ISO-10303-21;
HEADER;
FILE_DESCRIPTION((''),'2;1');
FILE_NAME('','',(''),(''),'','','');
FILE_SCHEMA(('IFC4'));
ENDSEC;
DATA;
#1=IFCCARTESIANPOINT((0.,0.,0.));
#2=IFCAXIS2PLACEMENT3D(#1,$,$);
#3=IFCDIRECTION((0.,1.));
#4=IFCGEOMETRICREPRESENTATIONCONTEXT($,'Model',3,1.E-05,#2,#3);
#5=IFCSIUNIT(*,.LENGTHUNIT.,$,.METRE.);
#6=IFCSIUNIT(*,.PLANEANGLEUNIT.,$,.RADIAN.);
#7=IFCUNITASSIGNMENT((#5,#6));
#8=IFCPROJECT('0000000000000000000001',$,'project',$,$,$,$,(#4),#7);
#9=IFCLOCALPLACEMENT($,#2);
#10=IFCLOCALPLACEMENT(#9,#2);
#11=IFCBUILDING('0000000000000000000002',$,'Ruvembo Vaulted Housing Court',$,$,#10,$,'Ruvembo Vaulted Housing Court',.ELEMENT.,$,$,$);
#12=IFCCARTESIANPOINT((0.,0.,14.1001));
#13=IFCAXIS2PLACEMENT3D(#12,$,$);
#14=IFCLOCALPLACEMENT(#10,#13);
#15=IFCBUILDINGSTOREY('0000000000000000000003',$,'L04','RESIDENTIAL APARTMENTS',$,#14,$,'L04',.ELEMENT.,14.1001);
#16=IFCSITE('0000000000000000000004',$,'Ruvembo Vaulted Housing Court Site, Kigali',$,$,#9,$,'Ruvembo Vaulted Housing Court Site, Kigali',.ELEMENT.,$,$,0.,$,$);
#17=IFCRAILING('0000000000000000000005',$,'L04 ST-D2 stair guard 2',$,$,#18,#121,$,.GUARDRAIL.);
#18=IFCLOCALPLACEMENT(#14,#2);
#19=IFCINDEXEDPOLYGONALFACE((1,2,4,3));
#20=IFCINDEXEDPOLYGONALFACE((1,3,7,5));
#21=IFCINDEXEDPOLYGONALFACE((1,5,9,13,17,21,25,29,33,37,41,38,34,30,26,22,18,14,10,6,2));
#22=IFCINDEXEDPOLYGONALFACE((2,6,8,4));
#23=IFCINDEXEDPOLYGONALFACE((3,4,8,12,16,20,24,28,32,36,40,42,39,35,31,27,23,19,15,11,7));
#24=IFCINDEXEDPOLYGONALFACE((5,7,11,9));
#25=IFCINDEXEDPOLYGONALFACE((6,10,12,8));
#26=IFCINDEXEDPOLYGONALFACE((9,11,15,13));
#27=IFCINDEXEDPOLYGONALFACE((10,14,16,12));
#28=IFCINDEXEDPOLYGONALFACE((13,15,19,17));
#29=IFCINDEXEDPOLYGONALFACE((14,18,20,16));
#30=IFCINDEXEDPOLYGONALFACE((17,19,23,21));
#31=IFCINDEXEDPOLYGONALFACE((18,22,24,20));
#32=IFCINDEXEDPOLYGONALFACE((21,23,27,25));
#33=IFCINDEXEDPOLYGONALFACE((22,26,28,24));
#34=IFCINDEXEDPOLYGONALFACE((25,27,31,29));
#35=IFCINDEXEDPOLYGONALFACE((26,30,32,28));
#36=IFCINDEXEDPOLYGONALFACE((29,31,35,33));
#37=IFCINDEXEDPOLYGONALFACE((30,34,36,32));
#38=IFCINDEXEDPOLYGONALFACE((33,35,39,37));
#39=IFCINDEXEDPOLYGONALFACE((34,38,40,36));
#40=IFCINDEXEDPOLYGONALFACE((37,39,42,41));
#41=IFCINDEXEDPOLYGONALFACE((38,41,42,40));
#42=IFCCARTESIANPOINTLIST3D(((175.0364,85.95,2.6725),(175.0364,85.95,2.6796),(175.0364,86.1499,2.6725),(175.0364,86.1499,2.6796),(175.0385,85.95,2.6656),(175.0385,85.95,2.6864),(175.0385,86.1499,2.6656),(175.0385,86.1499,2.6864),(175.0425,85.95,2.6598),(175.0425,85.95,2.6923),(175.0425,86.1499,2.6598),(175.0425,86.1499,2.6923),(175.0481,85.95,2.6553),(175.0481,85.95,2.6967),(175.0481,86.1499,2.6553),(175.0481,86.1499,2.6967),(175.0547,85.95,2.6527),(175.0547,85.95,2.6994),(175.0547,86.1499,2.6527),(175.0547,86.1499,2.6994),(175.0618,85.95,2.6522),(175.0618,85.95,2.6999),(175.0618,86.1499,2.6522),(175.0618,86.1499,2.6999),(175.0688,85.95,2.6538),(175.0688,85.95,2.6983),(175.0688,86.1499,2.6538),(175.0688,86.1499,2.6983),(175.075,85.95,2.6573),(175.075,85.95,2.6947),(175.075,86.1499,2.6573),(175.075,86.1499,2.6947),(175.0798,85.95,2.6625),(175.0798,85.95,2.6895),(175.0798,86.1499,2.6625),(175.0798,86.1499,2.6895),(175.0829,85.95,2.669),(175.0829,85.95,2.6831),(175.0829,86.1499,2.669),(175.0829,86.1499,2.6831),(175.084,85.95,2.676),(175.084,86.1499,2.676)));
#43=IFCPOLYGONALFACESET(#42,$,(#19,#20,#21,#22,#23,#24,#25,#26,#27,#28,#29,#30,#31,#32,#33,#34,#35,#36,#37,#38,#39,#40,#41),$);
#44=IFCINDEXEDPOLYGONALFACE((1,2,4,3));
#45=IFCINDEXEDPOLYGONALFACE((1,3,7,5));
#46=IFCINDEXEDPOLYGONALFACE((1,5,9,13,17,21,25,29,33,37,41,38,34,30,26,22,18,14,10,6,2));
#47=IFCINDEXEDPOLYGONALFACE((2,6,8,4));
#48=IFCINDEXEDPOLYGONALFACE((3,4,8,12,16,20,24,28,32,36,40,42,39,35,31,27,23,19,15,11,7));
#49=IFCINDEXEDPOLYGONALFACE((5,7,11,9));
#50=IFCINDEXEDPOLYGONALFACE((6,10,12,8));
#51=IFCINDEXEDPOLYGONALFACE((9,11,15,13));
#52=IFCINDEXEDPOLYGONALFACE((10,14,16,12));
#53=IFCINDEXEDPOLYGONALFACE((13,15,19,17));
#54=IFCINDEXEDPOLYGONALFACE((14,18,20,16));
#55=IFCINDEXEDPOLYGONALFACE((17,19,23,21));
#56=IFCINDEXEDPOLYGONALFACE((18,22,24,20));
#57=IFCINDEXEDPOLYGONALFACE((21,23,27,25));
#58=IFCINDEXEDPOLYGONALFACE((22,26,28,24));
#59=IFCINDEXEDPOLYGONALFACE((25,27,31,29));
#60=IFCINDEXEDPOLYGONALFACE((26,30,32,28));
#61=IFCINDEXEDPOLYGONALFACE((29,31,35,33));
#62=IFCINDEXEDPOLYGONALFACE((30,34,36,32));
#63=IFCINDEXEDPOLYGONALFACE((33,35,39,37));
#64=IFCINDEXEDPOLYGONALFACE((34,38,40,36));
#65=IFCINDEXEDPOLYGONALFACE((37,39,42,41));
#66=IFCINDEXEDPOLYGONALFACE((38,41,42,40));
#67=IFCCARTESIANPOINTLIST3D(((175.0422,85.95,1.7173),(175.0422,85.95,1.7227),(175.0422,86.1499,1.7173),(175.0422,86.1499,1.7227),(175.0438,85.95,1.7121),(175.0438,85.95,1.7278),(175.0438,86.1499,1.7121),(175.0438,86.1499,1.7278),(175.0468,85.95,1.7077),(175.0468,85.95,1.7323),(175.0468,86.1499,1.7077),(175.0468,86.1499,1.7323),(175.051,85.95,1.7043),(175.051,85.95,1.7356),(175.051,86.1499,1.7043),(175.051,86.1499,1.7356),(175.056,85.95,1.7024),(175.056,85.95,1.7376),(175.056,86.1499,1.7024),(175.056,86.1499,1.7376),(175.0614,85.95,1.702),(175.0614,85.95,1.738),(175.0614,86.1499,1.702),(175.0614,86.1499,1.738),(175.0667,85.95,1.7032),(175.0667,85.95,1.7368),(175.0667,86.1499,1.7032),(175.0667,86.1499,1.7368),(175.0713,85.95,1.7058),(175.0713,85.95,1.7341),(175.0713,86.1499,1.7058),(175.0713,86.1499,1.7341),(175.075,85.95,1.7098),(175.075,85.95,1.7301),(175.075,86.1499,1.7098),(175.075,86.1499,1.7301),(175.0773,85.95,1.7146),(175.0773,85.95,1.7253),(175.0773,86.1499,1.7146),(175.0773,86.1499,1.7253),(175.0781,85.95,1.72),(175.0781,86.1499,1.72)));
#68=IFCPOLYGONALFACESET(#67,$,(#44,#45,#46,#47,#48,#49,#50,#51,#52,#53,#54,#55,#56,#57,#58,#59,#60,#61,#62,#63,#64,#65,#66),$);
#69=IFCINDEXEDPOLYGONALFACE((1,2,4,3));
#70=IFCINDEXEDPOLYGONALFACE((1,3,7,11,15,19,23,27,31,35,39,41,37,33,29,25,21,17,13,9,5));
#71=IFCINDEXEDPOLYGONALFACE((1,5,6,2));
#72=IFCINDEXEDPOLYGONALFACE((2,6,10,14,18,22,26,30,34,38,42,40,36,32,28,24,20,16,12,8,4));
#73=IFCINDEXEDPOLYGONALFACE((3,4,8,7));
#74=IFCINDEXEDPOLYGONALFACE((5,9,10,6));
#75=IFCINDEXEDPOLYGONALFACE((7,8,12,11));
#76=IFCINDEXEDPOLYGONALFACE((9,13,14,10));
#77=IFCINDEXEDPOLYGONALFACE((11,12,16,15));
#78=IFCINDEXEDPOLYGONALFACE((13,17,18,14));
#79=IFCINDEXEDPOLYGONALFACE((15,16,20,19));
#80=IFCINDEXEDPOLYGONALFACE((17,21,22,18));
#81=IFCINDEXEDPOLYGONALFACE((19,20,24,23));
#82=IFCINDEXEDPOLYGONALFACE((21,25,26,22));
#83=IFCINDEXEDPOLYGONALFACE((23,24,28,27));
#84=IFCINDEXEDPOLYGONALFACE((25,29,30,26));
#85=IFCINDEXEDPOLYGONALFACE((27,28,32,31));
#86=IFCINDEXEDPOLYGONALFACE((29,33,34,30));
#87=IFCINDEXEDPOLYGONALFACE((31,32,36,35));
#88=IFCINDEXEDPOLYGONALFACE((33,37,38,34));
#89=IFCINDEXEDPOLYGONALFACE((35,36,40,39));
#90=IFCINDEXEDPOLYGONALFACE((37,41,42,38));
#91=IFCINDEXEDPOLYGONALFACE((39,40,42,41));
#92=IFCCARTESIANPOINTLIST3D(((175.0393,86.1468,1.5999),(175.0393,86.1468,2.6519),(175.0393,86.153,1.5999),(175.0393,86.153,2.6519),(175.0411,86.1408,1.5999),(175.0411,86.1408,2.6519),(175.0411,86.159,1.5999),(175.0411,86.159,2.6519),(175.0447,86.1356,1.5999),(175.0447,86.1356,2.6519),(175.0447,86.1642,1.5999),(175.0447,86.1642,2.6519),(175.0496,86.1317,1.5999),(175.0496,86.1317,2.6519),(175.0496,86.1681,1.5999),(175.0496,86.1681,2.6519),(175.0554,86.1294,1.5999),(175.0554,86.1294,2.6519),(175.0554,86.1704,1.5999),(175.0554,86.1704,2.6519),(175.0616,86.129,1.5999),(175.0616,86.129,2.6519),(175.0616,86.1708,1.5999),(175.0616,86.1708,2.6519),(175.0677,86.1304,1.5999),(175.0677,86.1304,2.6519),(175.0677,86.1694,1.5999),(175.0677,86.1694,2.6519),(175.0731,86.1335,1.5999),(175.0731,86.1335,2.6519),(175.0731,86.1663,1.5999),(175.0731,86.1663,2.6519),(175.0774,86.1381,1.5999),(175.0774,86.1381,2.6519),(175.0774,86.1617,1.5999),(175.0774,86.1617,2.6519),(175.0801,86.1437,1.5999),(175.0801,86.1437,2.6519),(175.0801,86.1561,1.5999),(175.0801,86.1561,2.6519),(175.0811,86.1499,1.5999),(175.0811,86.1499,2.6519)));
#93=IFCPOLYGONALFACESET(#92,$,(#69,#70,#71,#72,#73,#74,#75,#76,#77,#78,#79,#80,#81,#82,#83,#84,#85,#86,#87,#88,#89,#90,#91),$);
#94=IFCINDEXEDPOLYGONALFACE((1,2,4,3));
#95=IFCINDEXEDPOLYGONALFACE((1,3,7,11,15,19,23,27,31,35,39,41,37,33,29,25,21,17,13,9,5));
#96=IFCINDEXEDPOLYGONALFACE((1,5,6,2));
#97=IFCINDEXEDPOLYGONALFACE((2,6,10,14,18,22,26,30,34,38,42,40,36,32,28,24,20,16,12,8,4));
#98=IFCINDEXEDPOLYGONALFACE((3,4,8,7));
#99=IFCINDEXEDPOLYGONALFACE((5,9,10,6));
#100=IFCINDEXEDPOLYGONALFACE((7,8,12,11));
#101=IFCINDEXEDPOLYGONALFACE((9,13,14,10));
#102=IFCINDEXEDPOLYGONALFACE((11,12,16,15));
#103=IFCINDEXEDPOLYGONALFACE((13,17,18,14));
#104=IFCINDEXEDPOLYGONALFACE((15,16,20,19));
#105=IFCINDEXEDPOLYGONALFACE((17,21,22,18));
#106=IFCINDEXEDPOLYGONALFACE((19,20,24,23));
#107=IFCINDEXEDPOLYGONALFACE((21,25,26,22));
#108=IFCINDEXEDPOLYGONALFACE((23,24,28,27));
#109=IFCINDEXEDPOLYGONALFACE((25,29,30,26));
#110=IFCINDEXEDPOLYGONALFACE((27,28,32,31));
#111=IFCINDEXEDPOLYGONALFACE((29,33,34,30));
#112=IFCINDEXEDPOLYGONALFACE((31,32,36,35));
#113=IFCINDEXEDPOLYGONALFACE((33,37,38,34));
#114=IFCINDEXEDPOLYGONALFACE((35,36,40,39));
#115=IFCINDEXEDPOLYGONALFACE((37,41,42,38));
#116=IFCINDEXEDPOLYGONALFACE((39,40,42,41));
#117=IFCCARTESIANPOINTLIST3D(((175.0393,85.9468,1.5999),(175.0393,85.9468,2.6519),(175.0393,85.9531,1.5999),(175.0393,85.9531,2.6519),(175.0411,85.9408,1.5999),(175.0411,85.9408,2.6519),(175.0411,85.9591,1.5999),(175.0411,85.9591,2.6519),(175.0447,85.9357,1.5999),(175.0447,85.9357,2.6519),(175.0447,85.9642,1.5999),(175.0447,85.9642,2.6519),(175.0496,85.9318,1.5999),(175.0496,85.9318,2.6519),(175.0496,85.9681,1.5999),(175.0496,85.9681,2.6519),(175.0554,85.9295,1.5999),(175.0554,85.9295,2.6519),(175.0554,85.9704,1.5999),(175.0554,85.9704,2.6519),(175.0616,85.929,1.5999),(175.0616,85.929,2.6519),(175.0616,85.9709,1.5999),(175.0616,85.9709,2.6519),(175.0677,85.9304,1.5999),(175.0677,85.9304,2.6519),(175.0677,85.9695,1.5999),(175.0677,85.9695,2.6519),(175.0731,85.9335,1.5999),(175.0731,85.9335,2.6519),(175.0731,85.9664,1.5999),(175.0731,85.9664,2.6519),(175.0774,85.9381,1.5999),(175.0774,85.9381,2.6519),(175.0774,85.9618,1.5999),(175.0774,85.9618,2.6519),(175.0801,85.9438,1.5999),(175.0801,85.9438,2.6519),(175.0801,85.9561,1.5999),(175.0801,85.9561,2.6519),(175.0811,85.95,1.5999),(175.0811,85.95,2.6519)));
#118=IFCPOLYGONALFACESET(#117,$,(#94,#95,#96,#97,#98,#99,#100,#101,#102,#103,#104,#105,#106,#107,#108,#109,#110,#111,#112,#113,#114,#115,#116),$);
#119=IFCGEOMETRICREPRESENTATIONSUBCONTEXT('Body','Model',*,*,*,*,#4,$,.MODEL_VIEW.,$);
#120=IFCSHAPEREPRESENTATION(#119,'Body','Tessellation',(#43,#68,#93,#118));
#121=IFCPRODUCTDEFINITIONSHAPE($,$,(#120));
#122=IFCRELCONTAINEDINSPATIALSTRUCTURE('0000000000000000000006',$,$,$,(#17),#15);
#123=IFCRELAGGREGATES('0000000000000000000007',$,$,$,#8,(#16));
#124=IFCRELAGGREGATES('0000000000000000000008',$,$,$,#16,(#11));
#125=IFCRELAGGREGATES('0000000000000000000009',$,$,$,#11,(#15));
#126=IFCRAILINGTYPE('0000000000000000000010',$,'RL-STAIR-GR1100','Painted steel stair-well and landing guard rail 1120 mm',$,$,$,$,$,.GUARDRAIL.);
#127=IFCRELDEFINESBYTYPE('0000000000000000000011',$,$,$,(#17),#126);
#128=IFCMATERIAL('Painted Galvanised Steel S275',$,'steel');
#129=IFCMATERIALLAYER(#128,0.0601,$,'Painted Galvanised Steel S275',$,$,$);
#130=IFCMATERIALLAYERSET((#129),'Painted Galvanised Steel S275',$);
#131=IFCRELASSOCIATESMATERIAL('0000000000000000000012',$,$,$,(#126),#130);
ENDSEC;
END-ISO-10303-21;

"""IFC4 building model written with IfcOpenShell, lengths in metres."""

from ifc_helpers import new_model, si_unit, direction, frame, origin, origin_2d, place, context, subcontext, project, spatial, circle, extrude, material, layer, layer_set, type_object, element, save


model = new_model("IFC4")

# Units and contexts
model_context = context("Model", 3, precision=1e-05, world=origin(), true_north=direction((0.0, 1.0)))
body_context = subcontext(model_context, "Body", "Model", "MODEL_VIEW")
ifc_project = project(units=[si_unit("LENGTHUNIT", "METRE"), si_unit("PLANEANGLEUNIT", "RADIAN")], contexts=[model_context])

# Site, building, storey
site_placement = place(None, origin())
site = spatial("IfcSite", under=ifc_project, at=site_placement, Name="Ruvembo Vaulted Housing Court Site, Kigali", LongName="Ruvembo Vaulted Housing Court Site, Kigali", CompositionType="ELEMENT", RefElevation=0.0)
building_placement = place(site_placement, origin())
building = spatial("IfcBuilding", under=site, at=building_placement, Name="Ruvembo Vaulted Housing Court", LongName="Ruvembo Vaulted Housing Court", CompositionType="ELEMENT")
storey_placement = place(building_placement, frame((0.0, 0.0, 14.1001)))
storey = spatial("IfcBuildingStorey", under=building, at=storey_placement, Name="L04", Description="RESIDENTIAL APARTMENTS", LongName="L04", CompositionType="ELEMENT", Elevation=14.1001)

# Railing
ifc_material_1 = material(Name="Painted Galvanised Steel S275", Category="steel")
ifc_layer_1 = layer(ifc_material_1, 0.0601, Name="Painted Galvanised Steel S275")
ifc_layer_set_1 = layer_set([ifc_layer_1], Name="Painted Galvanised Steel S275")
railing_type_1 = type_object("IfcRailingType", Name="RL-STAIR-GR1100", Description="Painted steel stair-well and landing guard rail 1120 mm", PredefinedType="GUARDRAIL", material=ifc_layer_set_1)
railing_1_placement = place(storey_placement, frame((175.0601, 86.1499, 1.5999)))
element("IfcRailing", 1, at=railing_1_placement, inside=storey, type_object=railing_type_1, Name="L04 ST-D2 stair guard 2", PredefinedType="GUARDRAIL", context=body_context, shape_type="SweptSolid", body=[
    extrude(circle(Radius=0.0239, at=origin_2d()), frame((0.0, 0.0, 1.0762), z_axis=(0.0, -1.0, 0.0), x_axis=(1.0, 0.0, 0.0)), (0.0, 0.0, 1.0), 0.2),
    extrude(circle(Radius=0.0181, at=origin_2d()), frame((0.0, 0.0, 0.1201), z_axis=(0.0, -1.0, 0.0), x_axis=(1.0, 0.0, 0.0)), (0.0, 0.0, 1.0), 0.2),
    extrude(circle(Radius=0.021, at=origin_2d()), origin(), (0.0, 0.0, 1.0), 1.052),
    extrude(circle(Radius=0.021, at=origin_2d()), frame((0.0, -0.2, 0.0)), (0.0, 0.0, 1.0), 1.052),
])

save(model, "model.ifc")
